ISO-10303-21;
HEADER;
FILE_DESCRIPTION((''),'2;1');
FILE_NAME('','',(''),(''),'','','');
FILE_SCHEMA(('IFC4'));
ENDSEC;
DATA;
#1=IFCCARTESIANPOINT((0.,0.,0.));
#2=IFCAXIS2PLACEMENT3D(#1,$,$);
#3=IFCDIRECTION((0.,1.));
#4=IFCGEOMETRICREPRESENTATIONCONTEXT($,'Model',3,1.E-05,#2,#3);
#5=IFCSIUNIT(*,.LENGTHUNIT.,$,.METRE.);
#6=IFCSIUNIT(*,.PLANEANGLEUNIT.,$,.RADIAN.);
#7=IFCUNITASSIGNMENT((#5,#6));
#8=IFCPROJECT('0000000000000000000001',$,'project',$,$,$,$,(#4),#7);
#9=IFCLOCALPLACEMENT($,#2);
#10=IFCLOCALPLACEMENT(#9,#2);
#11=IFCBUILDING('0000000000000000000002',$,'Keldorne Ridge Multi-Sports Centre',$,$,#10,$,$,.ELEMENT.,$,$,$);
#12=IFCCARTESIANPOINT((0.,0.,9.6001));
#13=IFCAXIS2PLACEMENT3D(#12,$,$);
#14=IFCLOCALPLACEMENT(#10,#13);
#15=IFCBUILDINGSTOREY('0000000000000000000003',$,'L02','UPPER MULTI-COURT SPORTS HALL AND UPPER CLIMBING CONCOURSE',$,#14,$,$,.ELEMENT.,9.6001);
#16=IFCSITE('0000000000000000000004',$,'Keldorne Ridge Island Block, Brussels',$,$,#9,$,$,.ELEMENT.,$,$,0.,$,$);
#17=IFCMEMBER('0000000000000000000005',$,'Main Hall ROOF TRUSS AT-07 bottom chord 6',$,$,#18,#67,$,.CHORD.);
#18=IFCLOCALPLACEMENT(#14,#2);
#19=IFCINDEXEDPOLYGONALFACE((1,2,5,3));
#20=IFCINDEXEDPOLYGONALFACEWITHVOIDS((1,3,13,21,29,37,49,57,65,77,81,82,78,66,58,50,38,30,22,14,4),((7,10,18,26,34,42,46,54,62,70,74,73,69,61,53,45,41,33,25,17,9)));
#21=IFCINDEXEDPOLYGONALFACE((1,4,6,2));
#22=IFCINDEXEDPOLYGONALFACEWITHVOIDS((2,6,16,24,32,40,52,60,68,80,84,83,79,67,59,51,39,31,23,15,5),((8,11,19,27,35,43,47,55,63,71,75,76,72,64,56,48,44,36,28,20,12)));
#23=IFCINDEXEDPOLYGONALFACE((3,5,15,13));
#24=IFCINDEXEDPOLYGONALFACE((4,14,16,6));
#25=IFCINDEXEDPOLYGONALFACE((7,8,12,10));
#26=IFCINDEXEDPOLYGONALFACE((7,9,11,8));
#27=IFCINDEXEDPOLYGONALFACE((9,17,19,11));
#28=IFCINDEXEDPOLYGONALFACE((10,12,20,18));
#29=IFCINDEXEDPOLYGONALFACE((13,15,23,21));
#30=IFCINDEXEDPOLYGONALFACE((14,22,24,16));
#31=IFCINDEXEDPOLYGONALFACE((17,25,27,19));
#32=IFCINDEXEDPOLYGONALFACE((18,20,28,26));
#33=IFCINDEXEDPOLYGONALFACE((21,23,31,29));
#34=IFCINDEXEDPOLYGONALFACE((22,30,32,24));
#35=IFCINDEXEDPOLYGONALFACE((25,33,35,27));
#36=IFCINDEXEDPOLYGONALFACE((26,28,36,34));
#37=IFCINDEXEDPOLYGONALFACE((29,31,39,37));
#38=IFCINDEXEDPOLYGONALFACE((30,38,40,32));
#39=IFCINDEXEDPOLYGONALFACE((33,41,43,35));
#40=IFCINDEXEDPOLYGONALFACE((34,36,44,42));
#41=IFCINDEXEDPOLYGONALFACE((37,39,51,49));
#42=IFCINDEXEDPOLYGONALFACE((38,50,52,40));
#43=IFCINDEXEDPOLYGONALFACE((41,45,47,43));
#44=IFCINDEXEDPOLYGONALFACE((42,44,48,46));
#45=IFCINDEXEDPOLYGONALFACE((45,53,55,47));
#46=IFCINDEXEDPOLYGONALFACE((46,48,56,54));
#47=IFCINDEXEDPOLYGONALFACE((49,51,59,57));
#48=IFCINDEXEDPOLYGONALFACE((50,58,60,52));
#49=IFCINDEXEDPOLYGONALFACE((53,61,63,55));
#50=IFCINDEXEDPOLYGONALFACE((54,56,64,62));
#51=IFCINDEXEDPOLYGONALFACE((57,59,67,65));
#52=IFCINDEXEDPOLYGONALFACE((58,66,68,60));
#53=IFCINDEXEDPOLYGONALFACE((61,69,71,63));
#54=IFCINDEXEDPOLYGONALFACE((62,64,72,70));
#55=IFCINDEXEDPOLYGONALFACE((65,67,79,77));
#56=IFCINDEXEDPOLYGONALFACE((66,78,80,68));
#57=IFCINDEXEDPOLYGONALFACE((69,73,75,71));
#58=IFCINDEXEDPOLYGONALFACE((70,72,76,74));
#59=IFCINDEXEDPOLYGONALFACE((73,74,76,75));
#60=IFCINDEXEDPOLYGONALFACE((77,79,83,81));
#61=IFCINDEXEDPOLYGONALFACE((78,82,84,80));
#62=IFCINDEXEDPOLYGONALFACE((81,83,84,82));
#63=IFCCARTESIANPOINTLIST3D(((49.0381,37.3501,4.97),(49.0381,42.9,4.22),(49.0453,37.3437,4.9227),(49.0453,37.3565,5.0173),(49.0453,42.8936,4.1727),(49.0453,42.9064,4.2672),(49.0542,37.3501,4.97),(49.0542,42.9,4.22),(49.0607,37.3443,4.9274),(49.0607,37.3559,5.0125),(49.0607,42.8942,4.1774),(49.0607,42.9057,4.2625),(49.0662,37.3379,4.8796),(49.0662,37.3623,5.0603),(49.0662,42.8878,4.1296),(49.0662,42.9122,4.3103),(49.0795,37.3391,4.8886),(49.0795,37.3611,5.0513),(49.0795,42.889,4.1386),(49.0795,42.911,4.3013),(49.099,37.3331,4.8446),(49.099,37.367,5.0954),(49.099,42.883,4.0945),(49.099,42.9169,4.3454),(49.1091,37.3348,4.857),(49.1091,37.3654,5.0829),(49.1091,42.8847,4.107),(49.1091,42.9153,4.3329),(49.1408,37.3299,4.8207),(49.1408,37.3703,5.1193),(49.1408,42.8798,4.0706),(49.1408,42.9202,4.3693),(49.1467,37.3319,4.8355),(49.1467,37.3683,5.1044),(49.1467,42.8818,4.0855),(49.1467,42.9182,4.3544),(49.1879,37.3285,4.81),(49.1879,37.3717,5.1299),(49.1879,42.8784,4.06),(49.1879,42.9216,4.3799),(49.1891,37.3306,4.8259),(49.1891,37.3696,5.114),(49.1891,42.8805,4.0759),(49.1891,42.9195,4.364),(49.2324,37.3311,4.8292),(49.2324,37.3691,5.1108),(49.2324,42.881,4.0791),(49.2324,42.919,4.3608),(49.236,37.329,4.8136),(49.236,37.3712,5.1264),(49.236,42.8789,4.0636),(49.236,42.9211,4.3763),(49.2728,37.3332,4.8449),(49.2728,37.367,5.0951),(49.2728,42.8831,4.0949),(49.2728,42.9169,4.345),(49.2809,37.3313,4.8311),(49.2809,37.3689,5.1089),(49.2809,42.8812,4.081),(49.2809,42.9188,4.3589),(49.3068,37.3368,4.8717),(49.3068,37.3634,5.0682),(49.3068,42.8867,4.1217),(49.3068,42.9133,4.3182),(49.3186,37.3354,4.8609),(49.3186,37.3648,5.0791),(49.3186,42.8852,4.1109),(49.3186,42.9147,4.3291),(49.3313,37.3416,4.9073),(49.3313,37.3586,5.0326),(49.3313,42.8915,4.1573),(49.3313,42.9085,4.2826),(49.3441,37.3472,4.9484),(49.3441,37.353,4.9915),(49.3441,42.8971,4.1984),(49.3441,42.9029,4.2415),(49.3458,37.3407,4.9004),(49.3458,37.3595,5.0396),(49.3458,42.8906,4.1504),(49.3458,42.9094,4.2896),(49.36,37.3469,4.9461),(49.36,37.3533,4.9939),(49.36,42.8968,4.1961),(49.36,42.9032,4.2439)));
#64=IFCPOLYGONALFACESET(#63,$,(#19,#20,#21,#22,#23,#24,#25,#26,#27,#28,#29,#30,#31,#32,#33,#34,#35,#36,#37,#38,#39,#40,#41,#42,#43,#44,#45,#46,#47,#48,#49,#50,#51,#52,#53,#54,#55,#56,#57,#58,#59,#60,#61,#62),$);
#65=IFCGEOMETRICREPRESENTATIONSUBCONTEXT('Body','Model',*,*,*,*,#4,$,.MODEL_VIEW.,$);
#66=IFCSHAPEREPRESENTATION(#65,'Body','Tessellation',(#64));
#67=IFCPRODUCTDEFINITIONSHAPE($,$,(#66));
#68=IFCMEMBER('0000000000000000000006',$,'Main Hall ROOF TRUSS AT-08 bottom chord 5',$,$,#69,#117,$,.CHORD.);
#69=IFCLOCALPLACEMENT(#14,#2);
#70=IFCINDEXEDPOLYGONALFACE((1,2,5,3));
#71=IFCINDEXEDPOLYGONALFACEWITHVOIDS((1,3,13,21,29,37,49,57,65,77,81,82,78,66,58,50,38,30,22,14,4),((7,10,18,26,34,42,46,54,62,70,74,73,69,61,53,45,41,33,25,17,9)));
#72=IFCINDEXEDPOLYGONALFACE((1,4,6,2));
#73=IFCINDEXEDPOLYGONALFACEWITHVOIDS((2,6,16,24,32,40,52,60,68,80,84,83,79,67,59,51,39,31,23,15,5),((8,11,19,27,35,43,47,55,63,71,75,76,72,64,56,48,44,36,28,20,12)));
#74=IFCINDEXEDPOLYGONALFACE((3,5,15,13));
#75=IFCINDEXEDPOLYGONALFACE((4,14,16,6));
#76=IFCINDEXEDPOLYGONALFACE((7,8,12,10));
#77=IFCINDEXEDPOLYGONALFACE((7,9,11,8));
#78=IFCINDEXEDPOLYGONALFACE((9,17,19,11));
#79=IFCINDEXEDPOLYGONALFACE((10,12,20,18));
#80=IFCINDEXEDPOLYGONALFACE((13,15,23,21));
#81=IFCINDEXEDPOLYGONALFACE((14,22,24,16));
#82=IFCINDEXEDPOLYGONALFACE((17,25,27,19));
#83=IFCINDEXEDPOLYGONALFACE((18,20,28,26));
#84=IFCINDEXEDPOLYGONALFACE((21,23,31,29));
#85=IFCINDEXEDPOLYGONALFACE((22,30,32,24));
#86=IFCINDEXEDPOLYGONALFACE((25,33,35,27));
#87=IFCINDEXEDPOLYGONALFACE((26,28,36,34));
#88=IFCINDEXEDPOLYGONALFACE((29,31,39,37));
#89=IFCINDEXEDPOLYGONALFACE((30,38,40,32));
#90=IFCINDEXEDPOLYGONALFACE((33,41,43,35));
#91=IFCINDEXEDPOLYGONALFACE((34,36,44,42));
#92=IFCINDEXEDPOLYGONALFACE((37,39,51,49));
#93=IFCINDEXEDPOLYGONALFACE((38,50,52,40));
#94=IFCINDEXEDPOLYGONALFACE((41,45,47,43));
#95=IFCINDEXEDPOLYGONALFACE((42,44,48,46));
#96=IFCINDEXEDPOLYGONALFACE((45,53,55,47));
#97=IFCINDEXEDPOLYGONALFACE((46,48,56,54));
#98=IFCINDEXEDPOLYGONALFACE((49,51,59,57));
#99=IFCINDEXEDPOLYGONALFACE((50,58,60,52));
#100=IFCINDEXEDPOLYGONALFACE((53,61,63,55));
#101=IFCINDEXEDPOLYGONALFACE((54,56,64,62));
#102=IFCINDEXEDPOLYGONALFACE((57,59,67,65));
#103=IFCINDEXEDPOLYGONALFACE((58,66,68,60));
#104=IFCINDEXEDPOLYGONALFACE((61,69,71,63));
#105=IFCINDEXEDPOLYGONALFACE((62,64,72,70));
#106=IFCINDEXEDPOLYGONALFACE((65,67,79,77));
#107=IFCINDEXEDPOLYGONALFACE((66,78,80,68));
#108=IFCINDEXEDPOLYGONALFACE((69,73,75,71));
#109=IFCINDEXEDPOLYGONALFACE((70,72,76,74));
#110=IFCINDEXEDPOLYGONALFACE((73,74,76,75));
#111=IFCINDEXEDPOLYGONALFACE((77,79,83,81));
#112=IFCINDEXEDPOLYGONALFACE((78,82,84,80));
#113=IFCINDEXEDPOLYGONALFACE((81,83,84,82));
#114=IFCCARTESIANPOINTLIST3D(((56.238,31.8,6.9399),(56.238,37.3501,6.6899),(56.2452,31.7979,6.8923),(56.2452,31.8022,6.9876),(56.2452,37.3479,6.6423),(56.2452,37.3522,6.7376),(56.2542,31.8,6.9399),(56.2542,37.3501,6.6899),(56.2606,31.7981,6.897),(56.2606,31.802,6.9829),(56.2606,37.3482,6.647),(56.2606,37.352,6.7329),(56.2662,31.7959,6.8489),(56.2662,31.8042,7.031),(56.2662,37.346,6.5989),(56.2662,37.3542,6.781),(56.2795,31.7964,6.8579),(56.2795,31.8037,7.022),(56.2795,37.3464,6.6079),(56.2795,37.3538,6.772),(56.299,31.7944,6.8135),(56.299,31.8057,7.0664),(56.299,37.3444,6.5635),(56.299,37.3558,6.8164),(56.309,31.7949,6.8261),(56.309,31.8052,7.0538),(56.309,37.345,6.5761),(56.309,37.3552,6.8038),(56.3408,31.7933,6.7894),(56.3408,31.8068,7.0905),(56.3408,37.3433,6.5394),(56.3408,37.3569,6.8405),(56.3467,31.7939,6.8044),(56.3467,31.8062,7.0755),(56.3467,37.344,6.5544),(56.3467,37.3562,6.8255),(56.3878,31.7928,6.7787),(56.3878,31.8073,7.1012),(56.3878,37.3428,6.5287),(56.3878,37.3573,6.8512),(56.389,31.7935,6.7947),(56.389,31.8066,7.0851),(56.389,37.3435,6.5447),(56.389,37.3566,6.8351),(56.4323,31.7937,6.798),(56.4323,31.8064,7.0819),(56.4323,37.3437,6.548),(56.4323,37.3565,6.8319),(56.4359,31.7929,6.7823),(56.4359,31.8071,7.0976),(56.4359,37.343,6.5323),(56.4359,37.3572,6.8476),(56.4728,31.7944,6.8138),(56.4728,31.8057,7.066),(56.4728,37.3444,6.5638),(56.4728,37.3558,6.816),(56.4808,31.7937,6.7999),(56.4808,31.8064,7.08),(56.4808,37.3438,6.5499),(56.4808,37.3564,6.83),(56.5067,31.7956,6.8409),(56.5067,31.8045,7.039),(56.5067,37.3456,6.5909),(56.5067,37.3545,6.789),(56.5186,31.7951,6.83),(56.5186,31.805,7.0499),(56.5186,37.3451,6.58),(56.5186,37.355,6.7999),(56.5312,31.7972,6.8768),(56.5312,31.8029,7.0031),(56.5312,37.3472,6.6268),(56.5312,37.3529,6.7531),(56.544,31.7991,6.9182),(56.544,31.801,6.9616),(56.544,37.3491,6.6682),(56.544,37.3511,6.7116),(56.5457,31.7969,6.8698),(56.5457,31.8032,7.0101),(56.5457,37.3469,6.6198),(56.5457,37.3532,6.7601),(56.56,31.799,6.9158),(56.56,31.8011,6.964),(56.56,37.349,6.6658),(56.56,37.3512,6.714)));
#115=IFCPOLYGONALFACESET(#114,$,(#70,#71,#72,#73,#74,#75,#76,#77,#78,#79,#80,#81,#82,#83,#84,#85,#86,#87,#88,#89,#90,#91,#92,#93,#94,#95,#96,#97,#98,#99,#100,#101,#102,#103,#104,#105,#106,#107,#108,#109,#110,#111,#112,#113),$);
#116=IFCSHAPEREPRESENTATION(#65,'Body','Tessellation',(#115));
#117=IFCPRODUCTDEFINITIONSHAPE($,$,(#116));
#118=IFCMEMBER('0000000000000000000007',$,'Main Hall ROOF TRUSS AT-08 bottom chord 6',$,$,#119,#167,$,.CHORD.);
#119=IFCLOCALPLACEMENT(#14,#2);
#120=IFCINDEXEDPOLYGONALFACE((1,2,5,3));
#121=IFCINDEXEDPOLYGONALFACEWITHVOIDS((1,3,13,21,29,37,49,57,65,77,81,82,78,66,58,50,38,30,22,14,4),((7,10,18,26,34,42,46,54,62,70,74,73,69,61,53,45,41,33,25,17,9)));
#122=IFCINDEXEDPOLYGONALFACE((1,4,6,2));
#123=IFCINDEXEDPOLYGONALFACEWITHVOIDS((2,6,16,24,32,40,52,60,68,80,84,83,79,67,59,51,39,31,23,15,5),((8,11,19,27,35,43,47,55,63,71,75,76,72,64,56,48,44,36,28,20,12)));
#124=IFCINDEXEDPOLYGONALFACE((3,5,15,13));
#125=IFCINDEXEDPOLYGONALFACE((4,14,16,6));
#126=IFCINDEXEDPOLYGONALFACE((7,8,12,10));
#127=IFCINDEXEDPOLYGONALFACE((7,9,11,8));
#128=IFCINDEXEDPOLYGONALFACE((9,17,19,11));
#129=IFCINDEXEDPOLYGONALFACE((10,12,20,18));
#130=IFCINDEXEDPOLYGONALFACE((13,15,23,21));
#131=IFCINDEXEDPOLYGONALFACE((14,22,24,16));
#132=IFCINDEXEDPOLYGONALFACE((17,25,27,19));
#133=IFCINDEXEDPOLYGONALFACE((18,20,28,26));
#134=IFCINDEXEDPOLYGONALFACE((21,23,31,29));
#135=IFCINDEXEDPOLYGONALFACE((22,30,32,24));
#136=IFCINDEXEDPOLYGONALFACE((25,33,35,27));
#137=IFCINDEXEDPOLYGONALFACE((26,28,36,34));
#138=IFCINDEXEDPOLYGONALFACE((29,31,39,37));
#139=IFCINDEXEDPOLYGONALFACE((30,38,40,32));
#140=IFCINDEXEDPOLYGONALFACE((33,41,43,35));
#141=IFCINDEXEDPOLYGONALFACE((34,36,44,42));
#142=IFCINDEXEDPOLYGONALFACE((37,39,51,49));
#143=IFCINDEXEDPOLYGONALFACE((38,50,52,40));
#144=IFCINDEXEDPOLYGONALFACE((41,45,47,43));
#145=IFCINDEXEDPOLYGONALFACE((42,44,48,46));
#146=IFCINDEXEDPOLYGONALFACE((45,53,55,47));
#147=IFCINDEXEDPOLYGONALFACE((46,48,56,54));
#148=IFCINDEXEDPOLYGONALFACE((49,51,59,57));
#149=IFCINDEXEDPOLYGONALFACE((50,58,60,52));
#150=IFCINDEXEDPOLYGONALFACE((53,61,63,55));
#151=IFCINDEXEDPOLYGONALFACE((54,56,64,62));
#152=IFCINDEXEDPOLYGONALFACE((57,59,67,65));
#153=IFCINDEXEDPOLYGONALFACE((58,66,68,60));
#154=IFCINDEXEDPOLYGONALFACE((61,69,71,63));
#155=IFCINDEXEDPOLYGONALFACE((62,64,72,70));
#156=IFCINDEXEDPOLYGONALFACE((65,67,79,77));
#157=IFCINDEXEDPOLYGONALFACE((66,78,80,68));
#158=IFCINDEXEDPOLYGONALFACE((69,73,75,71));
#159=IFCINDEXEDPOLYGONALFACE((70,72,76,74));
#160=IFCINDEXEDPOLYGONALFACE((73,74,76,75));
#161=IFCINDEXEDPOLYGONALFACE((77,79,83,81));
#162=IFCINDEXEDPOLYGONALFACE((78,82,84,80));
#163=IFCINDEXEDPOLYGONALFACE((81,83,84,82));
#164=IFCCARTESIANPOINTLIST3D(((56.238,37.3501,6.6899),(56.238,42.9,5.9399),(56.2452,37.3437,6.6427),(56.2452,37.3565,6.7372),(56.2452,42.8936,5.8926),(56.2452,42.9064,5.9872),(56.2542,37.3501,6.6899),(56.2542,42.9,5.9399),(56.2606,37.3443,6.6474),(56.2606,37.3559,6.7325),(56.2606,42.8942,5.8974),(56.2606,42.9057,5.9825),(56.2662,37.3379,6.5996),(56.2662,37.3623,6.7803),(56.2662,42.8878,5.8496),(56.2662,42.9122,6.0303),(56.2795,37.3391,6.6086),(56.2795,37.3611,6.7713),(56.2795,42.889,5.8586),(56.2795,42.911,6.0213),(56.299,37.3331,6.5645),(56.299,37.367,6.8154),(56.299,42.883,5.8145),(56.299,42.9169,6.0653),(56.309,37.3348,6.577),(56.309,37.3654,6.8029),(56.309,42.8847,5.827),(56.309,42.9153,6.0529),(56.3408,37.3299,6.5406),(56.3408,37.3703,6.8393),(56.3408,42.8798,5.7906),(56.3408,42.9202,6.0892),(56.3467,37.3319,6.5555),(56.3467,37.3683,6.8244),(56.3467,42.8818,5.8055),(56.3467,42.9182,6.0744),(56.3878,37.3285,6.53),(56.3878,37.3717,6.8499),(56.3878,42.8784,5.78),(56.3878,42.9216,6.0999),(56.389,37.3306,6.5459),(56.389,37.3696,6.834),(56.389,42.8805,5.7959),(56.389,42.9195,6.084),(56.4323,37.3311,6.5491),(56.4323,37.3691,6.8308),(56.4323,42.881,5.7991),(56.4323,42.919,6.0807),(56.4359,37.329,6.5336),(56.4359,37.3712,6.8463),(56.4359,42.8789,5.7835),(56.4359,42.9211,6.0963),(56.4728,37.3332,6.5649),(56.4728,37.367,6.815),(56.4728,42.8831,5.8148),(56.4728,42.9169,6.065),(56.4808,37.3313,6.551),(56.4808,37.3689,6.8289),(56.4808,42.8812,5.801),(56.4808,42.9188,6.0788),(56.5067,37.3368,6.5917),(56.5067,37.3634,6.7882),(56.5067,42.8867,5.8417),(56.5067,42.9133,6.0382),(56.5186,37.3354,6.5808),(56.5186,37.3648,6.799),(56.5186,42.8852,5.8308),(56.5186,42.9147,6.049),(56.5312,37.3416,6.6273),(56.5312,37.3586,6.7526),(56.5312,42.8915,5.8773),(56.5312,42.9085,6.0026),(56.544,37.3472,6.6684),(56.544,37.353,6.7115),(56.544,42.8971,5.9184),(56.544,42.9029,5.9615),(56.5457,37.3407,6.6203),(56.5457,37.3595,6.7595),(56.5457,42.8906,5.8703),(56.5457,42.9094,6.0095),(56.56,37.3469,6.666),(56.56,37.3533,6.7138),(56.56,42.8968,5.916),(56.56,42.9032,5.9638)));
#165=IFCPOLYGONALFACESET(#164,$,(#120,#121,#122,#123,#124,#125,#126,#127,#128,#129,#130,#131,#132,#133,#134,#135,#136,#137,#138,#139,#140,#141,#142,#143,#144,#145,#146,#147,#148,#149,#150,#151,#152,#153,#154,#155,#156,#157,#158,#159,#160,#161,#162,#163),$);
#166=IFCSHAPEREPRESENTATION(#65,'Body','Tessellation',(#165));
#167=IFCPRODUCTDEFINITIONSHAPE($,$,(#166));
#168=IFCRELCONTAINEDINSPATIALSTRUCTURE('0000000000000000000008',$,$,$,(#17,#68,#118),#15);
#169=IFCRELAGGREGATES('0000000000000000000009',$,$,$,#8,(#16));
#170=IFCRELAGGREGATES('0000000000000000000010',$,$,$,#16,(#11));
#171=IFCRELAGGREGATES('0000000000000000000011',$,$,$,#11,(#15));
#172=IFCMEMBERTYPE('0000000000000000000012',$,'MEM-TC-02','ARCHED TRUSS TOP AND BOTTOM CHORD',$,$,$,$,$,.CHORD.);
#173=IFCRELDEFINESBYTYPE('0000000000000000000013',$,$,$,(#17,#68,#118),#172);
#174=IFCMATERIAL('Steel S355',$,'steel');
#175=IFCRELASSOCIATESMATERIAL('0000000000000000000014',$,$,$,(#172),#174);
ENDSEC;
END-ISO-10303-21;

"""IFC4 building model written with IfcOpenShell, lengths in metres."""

from ifc_helpers import new_model, si_unit, direction, frame, origin, origin_2d, place, context, subcontext, project, spatial, hollow_circle, extrude, material, material_profile, profile_set, type_object, element, save


model = new_model("IFC4")

# Units and contexts
model_context = context("Model", 3, precision=1e-05, world=origin(), true_north=direction((0.0, 1.0)))
body_context = subcontext(model_context, "Body", "Model", "MODEL_VIEW")
ifc_project = project(units=[si_unit("LENGTHUNIT", "METRE"), si_unit("PLANEANGLEUNIT", "RADIAN")], contexts=[model_context])

# Site, building, storey
site_placement = place(None, origin())
site = spatial("IfcSite", under=ifc_project, at=site_placement, Name="Keldorne Ridge Island Block, Brussels", CompositionType="ELEMENT", RefElevation=0.0)
building_placement = place(site_placement, origin())
building = spatial("IfcBuilding", under=site, at=building_placement, Name="Keldorne Ridge Multi-Sports Centre", CompositionType="ELEMENT")
storey_placement = place(building_placement, frame((0.0, 0.0, 9.6001)))
storey = spatial("IfcBuildingStorey", under=building, at=storey_placement, Name="L02", Description="UPPER MULTI-COURT SPORTS HALL AND UPPER CLIMBING CONCOURSE", CompositionType="ELEMENT", Elevation=9.6001)

# Members
ifc_material = material(Name="Steel S355", Category="steel")
ifc_material_profile_1 = material_profile(ifc_material, hollow_circle(Radius=0.1619, WallThickness=0.0161, at=origin_2d()), Name="CHS 323.9x16")
ifc_profile_set_1 = profile_set([ifc_material_profile_1], Name="Steel S355")
member_type_1 = type_object("IfcMemberType", Name="MEM-TC-02", Description="ARCHED TRUSS TOP AND BOTTOM CHORD", PredefinedType="CHORD", material=ifc_profile_set_1)
member_1_placement = place(storey_placement, frame((49.2, 37.3501, 4.97), z_axis=(0.0, 0.990992, -0.133923), x_axis=(-1.0, 0.0, 0.0)))
element("IfcMember", 1, at=member_1_placement, inside=storey, type_object=member_type_1, Name="Main Hall ROOF TRUSS AT-07 bottom chord 6", PredefinedType="CHORD", context=body_context, shape_type="SweptSolid", body=[
    extrude(hollow_circle(Radius=0.1619, WallThickness=0.0161, at=origin_2d()), origin(), (0.0, 0.0, 1.0), 5.6003),
])
member_2_placement = place(storey_placement, frame((56.3999, 31.8, 6.9399), z_axis=(0.0, 0.998987, -0.044999), x_axis=(-1.0, 0.0, 0.0)))
element("IfcMember", 2, at=member_2_placement, inside=storey, type_object=member_type_1, Name="Main Hall ROOF TRUSS AT-08 bottom chord 5", PredefinedType="CHORD", context=body_context, shape_type="SweptSolid", body=[
    extrude(hollow_circle(Radius=0.1619, WallThickness=0.0161, at=origin_2d()), origin(), (0.0, 0.0, 1.0), 5.5557),
])
member_3_placement = place(storey_placement, frame((56.3999, 37.3501, 6.6899), z_axis=(0.0, 0.990992, -0.133923), x_axis=(-1.0, 0.0, 0.0)))
element("IfcMember", 3, at=member_3_placement, inside=storey, type_object=member_type_1, Name="Main Hall ROOF TRUSS AT-08 bottom chord 6", PredefinedType="CHORD", context=body_context, shape_type="SweptSolid", body=[
    extrude(hollow_circle(Radius=0.1619, WallThickness=0.0161, at=origin_2d()), origin(), (0.0, 0.0, 1.0), 5.6003),
])

save(model, "model.ifc")
